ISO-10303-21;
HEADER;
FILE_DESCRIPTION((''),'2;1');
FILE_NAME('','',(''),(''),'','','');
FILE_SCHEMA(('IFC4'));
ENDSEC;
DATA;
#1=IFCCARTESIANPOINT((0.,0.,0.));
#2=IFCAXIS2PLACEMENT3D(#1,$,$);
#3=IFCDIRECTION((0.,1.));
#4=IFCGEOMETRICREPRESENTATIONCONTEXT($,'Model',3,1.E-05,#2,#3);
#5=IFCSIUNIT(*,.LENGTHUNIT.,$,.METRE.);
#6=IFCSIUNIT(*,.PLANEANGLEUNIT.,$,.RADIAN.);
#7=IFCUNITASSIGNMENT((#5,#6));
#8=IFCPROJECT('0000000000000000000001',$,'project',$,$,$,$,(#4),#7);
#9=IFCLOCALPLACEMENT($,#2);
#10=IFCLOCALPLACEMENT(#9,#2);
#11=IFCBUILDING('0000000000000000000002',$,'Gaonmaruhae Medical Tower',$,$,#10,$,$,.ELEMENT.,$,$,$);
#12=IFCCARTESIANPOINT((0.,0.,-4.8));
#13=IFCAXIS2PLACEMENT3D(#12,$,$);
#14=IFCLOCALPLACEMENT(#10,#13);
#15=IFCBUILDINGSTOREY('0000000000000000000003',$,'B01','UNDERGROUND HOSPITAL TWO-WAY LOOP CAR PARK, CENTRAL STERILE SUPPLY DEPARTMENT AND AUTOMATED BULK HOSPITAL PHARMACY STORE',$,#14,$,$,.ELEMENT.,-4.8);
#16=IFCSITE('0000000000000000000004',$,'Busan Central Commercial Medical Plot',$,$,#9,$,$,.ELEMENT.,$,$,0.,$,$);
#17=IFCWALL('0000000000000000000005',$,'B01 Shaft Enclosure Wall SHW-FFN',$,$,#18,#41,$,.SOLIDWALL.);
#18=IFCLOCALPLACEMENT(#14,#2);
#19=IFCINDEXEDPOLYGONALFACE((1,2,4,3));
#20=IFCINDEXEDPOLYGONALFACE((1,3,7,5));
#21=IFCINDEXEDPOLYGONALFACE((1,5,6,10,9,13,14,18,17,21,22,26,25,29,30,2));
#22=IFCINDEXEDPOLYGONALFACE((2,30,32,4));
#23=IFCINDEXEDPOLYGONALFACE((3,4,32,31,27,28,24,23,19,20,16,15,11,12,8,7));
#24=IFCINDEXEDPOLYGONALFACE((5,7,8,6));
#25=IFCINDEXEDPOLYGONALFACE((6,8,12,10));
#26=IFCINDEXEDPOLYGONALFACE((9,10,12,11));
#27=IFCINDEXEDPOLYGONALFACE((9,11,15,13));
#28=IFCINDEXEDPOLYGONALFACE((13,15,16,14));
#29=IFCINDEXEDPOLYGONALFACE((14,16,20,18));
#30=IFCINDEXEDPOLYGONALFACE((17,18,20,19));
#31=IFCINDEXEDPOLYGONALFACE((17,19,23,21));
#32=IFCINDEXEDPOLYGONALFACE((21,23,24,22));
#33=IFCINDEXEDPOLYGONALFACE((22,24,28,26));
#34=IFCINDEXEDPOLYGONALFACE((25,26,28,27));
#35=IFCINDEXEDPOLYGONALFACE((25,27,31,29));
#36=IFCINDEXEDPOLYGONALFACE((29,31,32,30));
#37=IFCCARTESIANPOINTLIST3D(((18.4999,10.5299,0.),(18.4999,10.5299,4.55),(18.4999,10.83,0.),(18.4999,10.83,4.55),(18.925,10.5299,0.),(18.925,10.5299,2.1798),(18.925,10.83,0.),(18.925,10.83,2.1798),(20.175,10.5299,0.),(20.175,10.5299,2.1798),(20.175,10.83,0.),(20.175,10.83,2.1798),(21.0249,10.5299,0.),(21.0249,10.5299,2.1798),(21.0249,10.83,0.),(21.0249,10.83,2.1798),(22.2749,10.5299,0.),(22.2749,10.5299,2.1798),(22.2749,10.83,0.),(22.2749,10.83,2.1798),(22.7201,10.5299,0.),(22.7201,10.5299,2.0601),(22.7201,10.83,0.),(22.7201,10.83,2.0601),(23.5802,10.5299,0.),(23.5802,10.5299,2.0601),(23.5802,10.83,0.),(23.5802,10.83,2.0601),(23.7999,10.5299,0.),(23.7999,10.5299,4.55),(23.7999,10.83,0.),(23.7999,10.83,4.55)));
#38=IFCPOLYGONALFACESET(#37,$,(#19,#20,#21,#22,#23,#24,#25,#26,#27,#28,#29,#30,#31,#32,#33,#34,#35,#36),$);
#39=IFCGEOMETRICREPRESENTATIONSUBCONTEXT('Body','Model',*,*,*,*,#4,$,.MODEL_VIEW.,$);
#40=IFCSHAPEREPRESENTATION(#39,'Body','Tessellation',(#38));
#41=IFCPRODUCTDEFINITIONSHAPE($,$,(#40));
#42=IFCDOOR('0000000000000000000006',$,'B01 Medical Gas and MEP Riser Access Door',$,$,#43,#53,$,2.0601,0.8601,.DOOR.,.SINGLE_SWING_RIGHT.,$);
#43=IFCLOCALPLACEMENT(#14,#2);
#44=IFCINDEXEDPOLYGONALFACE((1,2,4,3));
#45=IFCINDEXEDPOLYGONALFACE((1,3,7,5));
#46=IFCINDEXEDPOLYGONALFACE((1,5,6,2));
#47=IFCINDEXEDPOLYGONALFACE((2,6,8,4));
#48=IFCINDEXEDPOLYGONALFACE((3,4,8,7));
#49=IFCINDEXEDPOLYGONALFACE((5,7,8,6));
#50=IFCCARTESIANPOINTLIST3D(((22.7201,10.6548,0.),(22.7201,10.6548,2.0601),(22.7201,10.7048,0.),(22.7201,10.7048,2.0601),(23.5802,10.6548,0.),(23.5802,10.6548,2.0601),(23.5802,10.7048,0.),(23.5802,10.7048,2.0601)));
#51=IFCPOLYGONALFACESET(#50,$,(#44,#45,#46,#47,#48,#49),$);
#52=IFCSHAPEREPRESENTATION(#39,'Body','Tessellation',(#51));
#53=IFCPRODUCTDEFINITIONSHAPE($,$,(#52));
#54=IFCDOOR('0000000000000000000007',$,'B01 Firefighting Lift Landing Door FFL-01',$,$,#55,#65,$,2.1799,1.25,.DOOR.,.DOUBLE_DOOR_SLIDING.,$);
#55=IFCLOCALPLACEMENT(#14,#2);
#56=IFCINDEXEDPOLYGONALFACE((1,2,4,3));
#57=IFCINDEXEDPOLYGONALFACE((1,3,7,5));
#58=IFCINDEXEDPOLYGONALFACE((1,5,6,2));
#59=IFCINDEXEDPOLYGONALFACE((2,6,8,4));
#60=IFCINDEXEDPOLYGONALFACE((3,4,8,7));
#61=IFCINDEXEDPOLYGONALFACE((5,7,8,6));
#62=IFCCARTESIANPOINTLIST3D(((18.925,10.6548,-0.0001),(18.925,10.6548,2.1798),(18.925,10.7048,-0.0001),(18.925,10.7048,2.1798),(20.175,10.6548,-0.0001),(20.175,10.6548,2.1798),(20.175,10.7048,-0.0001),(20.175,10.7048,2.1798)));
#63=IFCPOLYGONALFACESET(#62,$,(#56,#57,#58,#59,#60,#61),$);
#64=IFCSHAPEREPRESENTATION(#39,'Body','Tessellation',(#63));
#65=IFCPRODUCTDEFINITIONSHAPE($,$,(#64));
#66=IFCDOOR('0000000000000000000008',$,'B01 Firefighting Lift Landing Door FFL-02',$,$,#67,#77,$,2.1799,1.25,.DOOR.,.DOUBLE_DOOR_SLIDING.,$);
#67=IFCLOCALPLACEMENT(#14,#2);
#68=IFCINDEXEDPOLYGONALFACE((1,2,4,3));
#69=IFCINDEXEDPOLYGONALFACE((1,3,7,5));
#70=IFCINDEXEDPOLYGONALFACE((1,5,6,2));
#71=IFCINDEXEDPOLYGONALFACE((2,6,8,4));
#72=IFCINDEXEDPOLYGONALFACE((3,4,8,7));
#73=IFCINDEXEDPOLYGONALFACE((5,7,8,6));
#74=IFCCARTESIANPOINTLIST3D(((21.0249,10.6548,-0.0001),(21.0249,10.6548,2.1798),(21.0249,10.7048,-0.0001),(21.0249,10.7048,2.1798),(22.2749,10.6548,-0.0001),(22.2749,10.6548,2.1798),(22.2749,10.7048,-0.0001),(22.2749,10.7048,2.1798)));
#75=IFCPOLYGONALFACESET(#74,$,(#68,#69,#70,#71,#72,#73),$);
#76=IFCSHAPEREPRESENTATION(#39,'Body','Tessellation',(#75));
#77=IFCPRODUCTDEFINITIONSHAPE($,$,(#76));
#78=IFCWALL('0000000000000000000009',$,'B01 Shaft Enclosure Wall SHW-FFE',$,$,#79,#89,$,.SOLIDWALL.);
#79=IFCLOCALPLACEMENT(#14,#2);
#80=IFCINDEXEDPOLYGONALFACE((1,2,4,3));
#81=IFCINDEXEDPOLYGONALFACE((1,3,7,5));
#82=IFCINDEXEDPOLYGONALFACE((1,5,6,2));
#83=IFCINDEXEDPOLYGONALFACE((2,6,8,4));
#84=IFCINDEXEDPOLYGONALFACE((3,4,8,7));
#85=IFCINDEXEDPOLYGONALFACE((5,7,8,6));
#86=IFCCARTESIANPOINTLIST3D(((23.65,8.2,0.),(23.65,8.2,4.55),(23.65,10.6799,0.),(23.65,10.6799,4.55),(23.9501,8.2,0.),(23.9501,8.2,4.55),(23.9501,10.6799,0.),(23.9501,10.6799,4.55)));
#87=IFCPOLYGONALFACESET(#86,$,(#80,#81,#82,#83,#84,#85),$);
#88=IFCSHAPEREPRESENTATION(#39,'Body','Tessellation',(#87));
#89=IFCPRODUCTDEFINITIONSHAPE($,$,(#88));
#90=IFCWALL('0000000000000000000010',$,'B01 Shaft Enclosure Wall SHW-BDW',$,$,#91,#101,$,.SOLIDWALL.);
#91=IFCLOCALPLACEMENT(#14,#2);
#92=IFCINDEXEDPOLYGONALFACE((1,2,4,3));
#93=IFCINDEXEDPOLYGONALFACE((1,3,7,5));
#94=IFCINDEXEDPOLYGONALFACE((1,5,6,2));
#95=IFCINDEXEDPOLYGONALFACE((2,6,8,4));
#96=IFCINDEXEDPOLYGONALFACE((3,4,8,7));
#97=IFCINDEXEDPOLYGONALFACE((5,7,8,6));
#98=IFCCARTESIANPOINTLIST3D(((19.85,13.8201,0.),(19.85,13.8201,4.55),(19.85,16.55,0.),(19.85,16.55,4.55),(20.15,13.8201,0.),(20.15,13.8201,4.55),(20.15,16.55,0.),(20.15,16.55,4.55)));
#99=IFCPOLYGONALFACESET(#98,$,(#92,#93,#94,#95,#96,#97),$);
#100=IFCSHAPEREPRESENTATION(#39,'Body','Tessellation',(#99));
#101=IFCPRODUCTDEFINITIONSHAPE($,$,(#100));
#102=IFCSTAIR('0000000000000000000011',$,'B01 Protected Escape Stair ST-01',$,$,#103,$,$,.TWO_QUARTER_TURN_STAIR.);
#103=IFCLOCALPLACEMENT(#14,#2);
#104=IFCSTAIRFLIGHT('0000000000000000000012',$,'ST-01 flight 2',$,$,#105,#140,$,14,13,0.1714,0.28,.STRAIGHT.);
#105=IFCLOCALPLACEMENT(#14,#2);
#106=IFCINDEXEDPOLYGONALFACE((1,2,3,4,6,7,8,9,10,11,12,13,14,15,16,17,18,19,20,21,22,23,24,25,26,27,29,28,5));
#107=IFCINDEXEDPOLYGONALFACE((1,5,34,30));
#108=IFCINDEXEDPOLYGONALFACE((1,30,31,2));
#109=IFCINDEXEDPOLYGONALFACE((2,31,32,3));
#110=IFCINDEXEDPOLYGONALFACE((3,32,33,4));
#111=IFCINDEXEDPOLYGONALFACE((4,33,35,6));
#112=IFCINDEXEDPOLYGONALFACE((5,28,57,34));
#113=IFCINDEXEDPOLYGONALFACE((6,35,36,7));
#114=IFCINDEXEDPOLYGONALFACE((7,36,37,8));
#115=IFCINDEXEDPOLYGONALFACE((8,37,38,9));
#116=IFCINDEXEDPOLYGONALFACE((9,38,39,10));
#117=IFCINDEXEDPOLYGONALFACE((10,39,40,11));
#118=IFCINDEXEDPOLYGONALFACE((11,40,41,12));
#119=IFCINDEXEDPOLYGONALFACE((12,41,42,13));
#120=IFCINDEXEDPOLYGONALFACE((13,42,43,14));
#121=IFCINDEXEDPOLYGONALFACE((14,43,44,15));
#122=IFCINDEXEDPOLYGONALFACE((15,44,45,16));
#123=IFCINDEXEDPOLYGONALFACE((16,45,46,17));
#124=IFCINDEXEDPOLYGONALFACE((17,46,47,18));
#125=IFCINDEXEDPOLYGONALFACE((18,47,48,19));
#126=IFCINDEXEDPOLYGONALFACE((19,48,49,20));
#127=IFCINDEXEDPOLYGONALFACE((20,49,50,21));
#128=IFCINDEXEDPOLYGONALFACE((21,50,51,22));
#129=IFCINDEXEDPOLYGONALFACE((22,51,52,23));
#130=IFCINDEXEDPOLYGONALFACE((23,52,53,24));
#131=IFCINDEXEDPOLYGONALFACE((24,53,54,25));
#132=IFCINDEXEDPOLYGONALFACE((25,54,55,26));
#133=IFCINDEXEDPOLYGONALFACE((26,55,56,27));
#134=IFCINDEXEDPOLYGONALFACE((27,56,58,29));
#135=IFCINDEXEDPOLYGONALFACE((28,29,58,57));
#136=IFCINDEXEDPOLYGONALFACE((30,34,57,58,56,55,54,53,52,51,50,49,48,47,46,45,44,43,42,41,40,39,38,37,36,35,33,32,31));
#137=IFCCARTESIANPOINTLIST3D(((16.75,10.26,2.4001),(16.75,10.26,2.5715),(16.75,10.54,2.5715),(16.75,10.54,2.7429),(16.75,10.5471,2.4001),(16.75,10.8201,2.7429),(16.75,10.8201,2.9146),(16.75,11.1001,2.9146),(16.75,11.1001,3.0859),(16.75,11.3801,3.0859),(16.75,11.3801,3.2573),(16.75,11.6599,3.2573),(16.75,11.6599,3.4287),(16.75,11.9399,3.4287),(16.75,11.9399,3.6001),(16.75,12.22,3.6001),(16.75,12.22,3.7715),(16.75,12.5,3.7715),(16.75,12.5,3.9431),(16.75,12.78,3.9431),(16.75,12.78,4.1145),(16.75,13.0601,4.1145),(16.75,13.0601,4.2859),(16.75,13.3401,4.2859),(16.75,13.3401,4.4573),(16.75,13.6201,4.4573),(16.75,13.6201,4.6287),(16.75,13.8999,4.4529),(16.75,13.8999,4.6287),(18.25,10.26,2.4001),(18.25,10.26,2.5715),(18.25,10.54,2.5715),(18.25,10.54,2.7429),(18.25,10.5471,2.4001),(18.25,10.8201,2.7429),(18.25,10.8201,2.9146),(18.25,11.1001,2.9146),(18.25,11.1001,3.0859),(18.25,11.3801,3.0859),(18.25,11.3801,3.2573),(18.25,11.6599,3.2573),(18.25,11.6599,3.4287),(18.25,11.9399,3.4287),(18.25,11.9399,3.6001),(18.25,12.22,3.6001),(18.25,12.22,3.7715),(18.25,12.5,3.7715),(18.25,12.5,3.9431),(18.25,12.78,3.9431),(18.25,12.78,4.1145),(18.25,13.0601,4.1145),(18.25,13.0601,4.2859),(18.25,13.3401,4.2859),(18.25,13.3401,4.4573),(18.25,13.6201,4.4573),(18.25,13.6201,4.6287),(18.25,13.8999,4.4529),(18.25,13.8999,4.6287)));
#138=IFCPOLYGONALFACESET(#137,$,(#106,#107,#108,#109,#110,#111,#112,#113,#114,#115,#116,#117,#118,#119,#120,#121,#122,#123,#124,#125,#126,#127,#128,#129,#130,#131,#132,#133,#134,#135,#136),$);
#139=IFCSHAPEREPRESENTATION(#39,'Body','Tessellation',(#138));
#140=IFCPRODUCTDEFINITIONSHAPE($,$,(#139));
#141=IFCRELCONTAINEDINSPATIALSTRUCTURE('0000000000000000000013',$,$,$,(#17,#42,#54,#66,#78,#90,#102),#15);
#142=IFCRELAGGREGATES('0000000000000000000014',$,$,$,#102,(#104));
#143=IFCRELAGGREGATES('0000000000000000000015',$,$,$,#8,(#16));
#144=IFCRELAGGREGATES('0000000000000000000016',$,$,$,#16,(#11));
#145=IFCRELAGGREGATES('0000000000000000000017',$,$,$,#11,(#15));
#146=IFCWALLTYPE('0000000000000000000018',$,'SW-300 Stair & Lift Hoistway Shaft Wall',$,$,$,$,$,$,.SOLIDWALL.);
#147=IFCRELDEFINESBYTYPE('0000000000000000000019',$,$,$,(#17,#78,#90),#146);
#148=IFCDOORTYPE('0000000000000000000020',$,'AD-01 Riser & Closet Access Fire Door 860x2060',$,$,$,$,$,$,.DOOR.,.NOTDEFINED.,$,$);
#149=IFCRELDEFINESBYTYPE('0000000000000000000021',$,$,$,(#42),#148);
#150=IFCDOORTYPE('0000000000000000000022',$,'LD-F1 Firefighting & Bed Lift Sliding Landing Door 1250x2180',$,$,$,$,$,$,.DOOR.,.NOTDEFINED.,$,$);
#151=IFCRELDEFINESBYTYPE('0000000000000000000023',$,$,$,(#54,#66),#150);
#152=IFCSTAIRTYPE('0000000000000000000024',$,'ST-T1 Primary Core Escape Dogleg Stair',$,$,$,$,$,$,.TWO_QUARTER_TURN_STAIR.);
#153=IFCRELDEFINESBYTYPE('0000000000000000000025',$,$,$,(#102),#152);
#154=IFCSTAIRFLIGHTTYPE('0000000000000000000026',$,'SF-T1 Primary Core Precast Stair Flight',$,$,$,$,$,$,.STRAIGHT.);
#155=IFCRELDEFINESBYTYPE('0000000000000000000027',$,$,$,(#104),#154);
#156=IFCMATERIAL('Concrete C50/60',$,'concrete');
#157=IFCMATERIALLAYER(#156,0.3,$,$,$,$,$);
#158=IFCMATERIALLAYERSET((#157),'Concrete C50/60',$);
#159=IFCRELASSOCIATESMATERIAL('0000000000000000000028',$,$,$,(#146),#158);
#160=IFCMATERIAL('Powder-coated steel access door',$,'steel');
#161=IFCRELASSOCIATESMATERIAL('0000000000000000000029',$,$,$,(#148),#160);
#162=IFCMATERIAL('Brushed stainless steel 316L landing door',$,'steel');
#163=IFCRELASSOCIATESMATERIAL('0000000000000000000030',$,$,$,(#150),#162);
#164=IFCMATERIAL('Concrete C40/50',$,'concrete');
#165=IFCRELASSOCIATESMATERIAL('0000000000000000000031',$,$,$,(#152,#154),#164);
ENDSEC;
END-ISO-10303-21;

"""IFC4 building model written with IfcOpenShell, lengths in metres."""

from ifc_helpers import new_model, si_unit, direction, frame, frame_2d, origin, place, context, subcontext, project, spatial, polyline, rectangle, outline, extrude, material, layer, layer_set, type_object, element, fill, aggregate, save


model = new_model("IFC4")

# Units and contexts
model_context = context("Model", 3, precision=1e-05, world=origin(), true_north=direction((0.0, 1.0)))
body_context = subcontext(model_context, "Body", "Model", "MODEL_VIEW")
ifc_project = project(units=[si_unit("LENGTHUNIT", "METRE"), si_unit("PLANEANGLEUNIT", "RADIAN")], contexts=[model_context])

# Site, building, storey
site_placement = place(None, origin())
site = spatial("IfcSite", under=ifc_project, at=site_placement, Name="Busan Central Commercial Medical Plot", CompositionType="ELEMENT", RefElevation=0.0)
building_placement = place(site_placement, origin())
building = spatial("IfcBuilding", under=site, at=building_placement, Name="Gaonmaruhae Medical Tower", CompositionType="ELEMENT")
storey_placement = place(building_placement, frame((0.0, 0.0, -4.8)))
storey = spatial("IfcBuildingStorey", under=building, at=storey_placement, Name="B01", Description="UNDERGROUND HOSPITAL TWO-WAY LOOP CAR PARK, CENTRAL STERILE SUPPLY DEPARTMENT AND AUTOMATED BULK HOSPITAL PHARMACY STORE", CompositionType="ELEMENT", Elevation=-4.8)

# Shared definitions
ifc_material_1 = material(Name="Concrete C50/60", Category="concrete")

# Wall, openings, doors
ifc_layer_1 = layer(ifc_material_1, 0.3)
ifc_layer_set_1 = layer_set([ifc_layer_1], Name="Concrete C50/60")
wall_type_1 = type_object("IfcWallType", Name="SW-300 Stair & Lift Hoistway Shaft Wall", PredefinedType="SOLIDWALL", material=ifc_layer_set_1)
wall_1_placement = place(storey_placement, frame((18.5, 10.6799, 0.0), z_axis=(0.0, 0.0, 1.0), x_axis=(1.0, 0.0, 0.0)))
wall_1 = element("IfcWall", 1, at=wall_1_placement, inside=storey, type_object=wall_type_1, Name="B01 Shaft Enclosure Wall SHW-FFN", PredefinedType="SOLIDWALL", context=body_context, shape_type="SweptSolid", body=[
    extrude(rectangle(XDim=5.3, YDim=0.3, at=frame_2d((2.6499, 0.0))), origin(), (0.0, 0.0, 1.0), 4.55),
])
opening_1_placement = place(wall_1_placement, frame((4.22, 0.0, 0.0)))
opening_1 = element("IfcOpeningElement", 2, at=opening_1_placement, cuts=wall_1, PredefinedType="OPENING", context=body_context, shape_type="SweptSolid", body=[
    extrude(rectangle(XDim=0.8601, YDim=2.0601, at=frame_2d((0.4302, 1.03))), frame((0.0, 0.1602, 0.0), z_axis=(0.0, -1.0, 0.0), x_axis=(1.0, 0.0, 0.0)), (0.0, 0.0, 1.0), 0.3201),
])
opening_2_placement = place(wall_1_placement, frame((0.425, 0.0, 0.0)))
opening_2 = element("IfcOpeningElement", 3, at=opening_2_placement, cuts=wall_1, PredefinedType="OPENING", context=body_context, shape_type="SweptSolid", body=[
    extrude(rectangle(XDim=1.25, YDim=2.1799, at=frame_2d((0.625, 1.0898))), frame((0.0, 0.1602, 0.0), z_axis=(0.0, -1.0, 0.0), x_axis=(1.0, 0.0, 0.0)), (0.0, 0.0, 1.0), 0.3201),
])
opening_3_placement = place(wall_1_placement, frame((2.5249, 0.0, 0.0)))
opening_3 = element("IfcOpeningElement", 4, at=opening_3_placement, cuts=wall_1, PredefinedType="OPENING", context=body_context, shape_type="SweptSolid", body=[
    extrude(rectangle(XDim=1.25, YDim=2.1799, at=frame_2d((0.625, 1.0898))), frame((0.0, 0.1602, 0.0), z_axis=(0.0, -1.0, 0.0), x_axis=(1.0, 0.0, 0.0)), (0.0, 0.0, 1.0), 0.3201),
])
ifc_material_2 = material(Name="Powder-coated steel access door", Category="steel")
door_type_1 = type_object("IfcDoorType", Name="AD-01 Riser & Closet Access Fire Door 860x2060", OperationType="NOTDEFINED", PredefinedType="DOOR", material=ifc_material_2)
door_1_placement = place(opening_1_placement, origin())
door_1 = element("IfcDoor", 5, at=door_1_placement, inside=storey, type_object=door_type_1, Name="B01 Medical Gas and MEP Riser Access Door", OperationType="SINGLE_SWING_RIGHT", OverallHeight=2.0601, OverallWidth=0.8601, PredefinedType="DOOR", context=body_context, shape_type="SweptSolid", body=[
    extrude(rectangle(XDim=0.8601, YDim=2.0601, at=frame_2d((0.4302, 1.03))), frame((0.0, 0.0249, 0.0), z_axis=(0.0, -1.0, 0.0), x_axis=(1.0, 0.0, 0.0)), (0.0, 0.0, 1.0), 0.05),
])
fill(opening_1, door_1)
ifc_material_3 = material(Name="Brushed stainless steel 316L landing door", Category="steel")
door_type_2 = type_object("IfcDoorType", Name="LD-F1 Firefighting & Bed Lift Sliding Landing Door 1250x2180", OperationType="NOTDEFINED", PredefinedType="DOOR", material=ifc_material_3)
door_2_placement = place(opening_2_placement, origin())
door_2 = element("IfcDoor", 6, at=door_2_placement, inside=storey, type_object=door_type_2, Name="B01 Firefighting Lift Landing Door FFL-01", OperationType="DOUBLE_DOOR_SLIDING", OverallHeight=2.1799, OverallWidth=1.25, PredefinedType="DOOR", context=body_context, shape_type="SweptSolid", body=[
    extrude(rectangle(XDim=1.25, YDim=2.1799, at=frame_2d((0.625, 1.0898))), frame((0.0, 0.0249, 0.0), z_axis=(0.0, -1.0, 0.0), x_axis=(1.0, 0.0, 0.0)), (0.0, 0.0, 1.0), 0.05),
])
fill(opening_2, door_2)
door_3_placement = place(opening_3_placement, origin())
door_3 = element("IfcDoor", 7, at=door_3_placement, inside=storey, type_object=door_type_2, Name="B01 Firefighting Lift Landing Door FFL-02", OperationType="DOUBLE_DOOR_SLIDING", OverallHeight=2.1799, OverallWidth=1.25, PredefinedType="DOOR", context=body_context, shape_type="SweptSolid", body=[
    extrude(rectangle(XDim=1.25, YDim=2.1799, at=frame_2d((0.625, 1.0898))), frame((0.0, 0.0249, 0.0), z_axis=(0.0, -1.0, 0.0), x_axis=(1.0, 0.0, 0.0)), (0.0, 0.0, 1.0), 0.05),
])
fill(opening_3, door_3)

# Walls
wall_2_placement = place(storey_placement, frame((23.8, 8.2, 0.0), z_axis=(0.0, 0.0, 1.0), x_axis=(0.0, 1.0, 0.0)))
element("IfcWall", 8, at=wall_2_placement, inside=storey, type_object=wall_type_1, Name="B01 Shaft Enclosure Wall SHW-FFE", PredefinedType="SOLIDWALL", context=body_context, shape_type="SweptSolid", body=[
    extrude(rectangle(XDim=2.48, YDim=0.3, at=frame_2d((1.24, 0.0))), origin(), (0.0, 0.0, 1.0), 4.55),
])
wall_3_placement = place(storey_placement, frame((20.0, 13.8201, 0.0), z_axis=(0.0, 0.0, 1.0), x_axis=(0.0, 1.0, 0.0)))
element("IfcWall", 9, at=wall_3_placement, inside=storey, type_object=wall_type_1, Name="B01 Shaft Enclosure Wall SHW-BDW", PredefinedType="SOLIDWALL", context=body_context, shape_type="SweptSolid", body=[
    extrude(rectangle(XDim=2.73, YDim=0.3, at=frame_2d((1.365, 0.0))), origin(), (0.0, 0.0, 1.0), 4.55),
])

# Stair, stair flight
ifc_material_4 = material(Name="Concrete C40/50", Category="concrete")
stair_type = type_object("IfcStairType", Name="ST-T1 Primary Core Escape Dogleg Stair", PredefinedType="TWO_QUARTER_TURN_STAIR", material=ifc_material_4)
stair_placement = place(storey_placement, origin())
stair = element("IfcStair", 10, at=stair_placement, inside=storey, type_object=stair_type, Name="B01 Protected Escape Stair ST-01", PredefinedType="TWO_QUARTER_TURN_STAIR")
stair_flight_type = type_object("IfcStairFlightType", Name="SF-T1 Primary Core Precast Stair Flight", PredefinedType="STRAIGHT", material=ifc_material_4)
stair_flight_placement = place(storey_placement, frame((17.5, 10.26, 2.4001), z_axis=(0.0, 0.0, 1.0), x_axis=(0.0, 1.0, 0.0)))
stair_flight = element("IfcStairFlight", 11, at=stair_flight_placement, type_object=stair_flight_type, Name="ST-01 flight 2", NumberOfRisers=14, NumberOfTreads=13, PredefinedType="STRAIGHT", RiserHeight=0.1714, TreadLength=0.28, context=body_context, shape_type="SweptSolid", body=[
    extrude(outline(polyline([(0.0, 0.0), (0.0, 0.1714), (0.28, 0.1714), (0.28, 0.3428), (0.5601, 0.3428), (0.5601, 0.5144), (0.8401, 0.5144), (0.8401, 0.6858), (1.1201, 0.6858), (1.1201, 0.8572), (1.3999, 0.8572), (1.3999, 1.0286), (1.6799, 1.0286), (1.6799, 1.2), (1.96, 1.2), (1.96, 1.3713), (2.24, 1.3713), (2.24, 1.543), (2.52, 1.543), (2.52, 1.7144), (2.8, 1.7144), (2.8, 1.8857), (3.0801, 1.8857), (3.0801, 2.0571), (3.3601, 2.0571), (3.3601, 2.2285), (3.6399, 2.2285), (3.6399, 2.3999), (3.6399, 2.0527), (0.2871, 0.0), (0.0, 0.0)])), frame((0.0, 0.75, 0.0), z_axis=(0.0, -1.0, 0.0), x_axis=(1.0, 0.0, 0.0)), (0.0, 0.0, 1.0), 1.5),
])
aggregate(stair, [stair_flight])

save(model, "model.ifc")
